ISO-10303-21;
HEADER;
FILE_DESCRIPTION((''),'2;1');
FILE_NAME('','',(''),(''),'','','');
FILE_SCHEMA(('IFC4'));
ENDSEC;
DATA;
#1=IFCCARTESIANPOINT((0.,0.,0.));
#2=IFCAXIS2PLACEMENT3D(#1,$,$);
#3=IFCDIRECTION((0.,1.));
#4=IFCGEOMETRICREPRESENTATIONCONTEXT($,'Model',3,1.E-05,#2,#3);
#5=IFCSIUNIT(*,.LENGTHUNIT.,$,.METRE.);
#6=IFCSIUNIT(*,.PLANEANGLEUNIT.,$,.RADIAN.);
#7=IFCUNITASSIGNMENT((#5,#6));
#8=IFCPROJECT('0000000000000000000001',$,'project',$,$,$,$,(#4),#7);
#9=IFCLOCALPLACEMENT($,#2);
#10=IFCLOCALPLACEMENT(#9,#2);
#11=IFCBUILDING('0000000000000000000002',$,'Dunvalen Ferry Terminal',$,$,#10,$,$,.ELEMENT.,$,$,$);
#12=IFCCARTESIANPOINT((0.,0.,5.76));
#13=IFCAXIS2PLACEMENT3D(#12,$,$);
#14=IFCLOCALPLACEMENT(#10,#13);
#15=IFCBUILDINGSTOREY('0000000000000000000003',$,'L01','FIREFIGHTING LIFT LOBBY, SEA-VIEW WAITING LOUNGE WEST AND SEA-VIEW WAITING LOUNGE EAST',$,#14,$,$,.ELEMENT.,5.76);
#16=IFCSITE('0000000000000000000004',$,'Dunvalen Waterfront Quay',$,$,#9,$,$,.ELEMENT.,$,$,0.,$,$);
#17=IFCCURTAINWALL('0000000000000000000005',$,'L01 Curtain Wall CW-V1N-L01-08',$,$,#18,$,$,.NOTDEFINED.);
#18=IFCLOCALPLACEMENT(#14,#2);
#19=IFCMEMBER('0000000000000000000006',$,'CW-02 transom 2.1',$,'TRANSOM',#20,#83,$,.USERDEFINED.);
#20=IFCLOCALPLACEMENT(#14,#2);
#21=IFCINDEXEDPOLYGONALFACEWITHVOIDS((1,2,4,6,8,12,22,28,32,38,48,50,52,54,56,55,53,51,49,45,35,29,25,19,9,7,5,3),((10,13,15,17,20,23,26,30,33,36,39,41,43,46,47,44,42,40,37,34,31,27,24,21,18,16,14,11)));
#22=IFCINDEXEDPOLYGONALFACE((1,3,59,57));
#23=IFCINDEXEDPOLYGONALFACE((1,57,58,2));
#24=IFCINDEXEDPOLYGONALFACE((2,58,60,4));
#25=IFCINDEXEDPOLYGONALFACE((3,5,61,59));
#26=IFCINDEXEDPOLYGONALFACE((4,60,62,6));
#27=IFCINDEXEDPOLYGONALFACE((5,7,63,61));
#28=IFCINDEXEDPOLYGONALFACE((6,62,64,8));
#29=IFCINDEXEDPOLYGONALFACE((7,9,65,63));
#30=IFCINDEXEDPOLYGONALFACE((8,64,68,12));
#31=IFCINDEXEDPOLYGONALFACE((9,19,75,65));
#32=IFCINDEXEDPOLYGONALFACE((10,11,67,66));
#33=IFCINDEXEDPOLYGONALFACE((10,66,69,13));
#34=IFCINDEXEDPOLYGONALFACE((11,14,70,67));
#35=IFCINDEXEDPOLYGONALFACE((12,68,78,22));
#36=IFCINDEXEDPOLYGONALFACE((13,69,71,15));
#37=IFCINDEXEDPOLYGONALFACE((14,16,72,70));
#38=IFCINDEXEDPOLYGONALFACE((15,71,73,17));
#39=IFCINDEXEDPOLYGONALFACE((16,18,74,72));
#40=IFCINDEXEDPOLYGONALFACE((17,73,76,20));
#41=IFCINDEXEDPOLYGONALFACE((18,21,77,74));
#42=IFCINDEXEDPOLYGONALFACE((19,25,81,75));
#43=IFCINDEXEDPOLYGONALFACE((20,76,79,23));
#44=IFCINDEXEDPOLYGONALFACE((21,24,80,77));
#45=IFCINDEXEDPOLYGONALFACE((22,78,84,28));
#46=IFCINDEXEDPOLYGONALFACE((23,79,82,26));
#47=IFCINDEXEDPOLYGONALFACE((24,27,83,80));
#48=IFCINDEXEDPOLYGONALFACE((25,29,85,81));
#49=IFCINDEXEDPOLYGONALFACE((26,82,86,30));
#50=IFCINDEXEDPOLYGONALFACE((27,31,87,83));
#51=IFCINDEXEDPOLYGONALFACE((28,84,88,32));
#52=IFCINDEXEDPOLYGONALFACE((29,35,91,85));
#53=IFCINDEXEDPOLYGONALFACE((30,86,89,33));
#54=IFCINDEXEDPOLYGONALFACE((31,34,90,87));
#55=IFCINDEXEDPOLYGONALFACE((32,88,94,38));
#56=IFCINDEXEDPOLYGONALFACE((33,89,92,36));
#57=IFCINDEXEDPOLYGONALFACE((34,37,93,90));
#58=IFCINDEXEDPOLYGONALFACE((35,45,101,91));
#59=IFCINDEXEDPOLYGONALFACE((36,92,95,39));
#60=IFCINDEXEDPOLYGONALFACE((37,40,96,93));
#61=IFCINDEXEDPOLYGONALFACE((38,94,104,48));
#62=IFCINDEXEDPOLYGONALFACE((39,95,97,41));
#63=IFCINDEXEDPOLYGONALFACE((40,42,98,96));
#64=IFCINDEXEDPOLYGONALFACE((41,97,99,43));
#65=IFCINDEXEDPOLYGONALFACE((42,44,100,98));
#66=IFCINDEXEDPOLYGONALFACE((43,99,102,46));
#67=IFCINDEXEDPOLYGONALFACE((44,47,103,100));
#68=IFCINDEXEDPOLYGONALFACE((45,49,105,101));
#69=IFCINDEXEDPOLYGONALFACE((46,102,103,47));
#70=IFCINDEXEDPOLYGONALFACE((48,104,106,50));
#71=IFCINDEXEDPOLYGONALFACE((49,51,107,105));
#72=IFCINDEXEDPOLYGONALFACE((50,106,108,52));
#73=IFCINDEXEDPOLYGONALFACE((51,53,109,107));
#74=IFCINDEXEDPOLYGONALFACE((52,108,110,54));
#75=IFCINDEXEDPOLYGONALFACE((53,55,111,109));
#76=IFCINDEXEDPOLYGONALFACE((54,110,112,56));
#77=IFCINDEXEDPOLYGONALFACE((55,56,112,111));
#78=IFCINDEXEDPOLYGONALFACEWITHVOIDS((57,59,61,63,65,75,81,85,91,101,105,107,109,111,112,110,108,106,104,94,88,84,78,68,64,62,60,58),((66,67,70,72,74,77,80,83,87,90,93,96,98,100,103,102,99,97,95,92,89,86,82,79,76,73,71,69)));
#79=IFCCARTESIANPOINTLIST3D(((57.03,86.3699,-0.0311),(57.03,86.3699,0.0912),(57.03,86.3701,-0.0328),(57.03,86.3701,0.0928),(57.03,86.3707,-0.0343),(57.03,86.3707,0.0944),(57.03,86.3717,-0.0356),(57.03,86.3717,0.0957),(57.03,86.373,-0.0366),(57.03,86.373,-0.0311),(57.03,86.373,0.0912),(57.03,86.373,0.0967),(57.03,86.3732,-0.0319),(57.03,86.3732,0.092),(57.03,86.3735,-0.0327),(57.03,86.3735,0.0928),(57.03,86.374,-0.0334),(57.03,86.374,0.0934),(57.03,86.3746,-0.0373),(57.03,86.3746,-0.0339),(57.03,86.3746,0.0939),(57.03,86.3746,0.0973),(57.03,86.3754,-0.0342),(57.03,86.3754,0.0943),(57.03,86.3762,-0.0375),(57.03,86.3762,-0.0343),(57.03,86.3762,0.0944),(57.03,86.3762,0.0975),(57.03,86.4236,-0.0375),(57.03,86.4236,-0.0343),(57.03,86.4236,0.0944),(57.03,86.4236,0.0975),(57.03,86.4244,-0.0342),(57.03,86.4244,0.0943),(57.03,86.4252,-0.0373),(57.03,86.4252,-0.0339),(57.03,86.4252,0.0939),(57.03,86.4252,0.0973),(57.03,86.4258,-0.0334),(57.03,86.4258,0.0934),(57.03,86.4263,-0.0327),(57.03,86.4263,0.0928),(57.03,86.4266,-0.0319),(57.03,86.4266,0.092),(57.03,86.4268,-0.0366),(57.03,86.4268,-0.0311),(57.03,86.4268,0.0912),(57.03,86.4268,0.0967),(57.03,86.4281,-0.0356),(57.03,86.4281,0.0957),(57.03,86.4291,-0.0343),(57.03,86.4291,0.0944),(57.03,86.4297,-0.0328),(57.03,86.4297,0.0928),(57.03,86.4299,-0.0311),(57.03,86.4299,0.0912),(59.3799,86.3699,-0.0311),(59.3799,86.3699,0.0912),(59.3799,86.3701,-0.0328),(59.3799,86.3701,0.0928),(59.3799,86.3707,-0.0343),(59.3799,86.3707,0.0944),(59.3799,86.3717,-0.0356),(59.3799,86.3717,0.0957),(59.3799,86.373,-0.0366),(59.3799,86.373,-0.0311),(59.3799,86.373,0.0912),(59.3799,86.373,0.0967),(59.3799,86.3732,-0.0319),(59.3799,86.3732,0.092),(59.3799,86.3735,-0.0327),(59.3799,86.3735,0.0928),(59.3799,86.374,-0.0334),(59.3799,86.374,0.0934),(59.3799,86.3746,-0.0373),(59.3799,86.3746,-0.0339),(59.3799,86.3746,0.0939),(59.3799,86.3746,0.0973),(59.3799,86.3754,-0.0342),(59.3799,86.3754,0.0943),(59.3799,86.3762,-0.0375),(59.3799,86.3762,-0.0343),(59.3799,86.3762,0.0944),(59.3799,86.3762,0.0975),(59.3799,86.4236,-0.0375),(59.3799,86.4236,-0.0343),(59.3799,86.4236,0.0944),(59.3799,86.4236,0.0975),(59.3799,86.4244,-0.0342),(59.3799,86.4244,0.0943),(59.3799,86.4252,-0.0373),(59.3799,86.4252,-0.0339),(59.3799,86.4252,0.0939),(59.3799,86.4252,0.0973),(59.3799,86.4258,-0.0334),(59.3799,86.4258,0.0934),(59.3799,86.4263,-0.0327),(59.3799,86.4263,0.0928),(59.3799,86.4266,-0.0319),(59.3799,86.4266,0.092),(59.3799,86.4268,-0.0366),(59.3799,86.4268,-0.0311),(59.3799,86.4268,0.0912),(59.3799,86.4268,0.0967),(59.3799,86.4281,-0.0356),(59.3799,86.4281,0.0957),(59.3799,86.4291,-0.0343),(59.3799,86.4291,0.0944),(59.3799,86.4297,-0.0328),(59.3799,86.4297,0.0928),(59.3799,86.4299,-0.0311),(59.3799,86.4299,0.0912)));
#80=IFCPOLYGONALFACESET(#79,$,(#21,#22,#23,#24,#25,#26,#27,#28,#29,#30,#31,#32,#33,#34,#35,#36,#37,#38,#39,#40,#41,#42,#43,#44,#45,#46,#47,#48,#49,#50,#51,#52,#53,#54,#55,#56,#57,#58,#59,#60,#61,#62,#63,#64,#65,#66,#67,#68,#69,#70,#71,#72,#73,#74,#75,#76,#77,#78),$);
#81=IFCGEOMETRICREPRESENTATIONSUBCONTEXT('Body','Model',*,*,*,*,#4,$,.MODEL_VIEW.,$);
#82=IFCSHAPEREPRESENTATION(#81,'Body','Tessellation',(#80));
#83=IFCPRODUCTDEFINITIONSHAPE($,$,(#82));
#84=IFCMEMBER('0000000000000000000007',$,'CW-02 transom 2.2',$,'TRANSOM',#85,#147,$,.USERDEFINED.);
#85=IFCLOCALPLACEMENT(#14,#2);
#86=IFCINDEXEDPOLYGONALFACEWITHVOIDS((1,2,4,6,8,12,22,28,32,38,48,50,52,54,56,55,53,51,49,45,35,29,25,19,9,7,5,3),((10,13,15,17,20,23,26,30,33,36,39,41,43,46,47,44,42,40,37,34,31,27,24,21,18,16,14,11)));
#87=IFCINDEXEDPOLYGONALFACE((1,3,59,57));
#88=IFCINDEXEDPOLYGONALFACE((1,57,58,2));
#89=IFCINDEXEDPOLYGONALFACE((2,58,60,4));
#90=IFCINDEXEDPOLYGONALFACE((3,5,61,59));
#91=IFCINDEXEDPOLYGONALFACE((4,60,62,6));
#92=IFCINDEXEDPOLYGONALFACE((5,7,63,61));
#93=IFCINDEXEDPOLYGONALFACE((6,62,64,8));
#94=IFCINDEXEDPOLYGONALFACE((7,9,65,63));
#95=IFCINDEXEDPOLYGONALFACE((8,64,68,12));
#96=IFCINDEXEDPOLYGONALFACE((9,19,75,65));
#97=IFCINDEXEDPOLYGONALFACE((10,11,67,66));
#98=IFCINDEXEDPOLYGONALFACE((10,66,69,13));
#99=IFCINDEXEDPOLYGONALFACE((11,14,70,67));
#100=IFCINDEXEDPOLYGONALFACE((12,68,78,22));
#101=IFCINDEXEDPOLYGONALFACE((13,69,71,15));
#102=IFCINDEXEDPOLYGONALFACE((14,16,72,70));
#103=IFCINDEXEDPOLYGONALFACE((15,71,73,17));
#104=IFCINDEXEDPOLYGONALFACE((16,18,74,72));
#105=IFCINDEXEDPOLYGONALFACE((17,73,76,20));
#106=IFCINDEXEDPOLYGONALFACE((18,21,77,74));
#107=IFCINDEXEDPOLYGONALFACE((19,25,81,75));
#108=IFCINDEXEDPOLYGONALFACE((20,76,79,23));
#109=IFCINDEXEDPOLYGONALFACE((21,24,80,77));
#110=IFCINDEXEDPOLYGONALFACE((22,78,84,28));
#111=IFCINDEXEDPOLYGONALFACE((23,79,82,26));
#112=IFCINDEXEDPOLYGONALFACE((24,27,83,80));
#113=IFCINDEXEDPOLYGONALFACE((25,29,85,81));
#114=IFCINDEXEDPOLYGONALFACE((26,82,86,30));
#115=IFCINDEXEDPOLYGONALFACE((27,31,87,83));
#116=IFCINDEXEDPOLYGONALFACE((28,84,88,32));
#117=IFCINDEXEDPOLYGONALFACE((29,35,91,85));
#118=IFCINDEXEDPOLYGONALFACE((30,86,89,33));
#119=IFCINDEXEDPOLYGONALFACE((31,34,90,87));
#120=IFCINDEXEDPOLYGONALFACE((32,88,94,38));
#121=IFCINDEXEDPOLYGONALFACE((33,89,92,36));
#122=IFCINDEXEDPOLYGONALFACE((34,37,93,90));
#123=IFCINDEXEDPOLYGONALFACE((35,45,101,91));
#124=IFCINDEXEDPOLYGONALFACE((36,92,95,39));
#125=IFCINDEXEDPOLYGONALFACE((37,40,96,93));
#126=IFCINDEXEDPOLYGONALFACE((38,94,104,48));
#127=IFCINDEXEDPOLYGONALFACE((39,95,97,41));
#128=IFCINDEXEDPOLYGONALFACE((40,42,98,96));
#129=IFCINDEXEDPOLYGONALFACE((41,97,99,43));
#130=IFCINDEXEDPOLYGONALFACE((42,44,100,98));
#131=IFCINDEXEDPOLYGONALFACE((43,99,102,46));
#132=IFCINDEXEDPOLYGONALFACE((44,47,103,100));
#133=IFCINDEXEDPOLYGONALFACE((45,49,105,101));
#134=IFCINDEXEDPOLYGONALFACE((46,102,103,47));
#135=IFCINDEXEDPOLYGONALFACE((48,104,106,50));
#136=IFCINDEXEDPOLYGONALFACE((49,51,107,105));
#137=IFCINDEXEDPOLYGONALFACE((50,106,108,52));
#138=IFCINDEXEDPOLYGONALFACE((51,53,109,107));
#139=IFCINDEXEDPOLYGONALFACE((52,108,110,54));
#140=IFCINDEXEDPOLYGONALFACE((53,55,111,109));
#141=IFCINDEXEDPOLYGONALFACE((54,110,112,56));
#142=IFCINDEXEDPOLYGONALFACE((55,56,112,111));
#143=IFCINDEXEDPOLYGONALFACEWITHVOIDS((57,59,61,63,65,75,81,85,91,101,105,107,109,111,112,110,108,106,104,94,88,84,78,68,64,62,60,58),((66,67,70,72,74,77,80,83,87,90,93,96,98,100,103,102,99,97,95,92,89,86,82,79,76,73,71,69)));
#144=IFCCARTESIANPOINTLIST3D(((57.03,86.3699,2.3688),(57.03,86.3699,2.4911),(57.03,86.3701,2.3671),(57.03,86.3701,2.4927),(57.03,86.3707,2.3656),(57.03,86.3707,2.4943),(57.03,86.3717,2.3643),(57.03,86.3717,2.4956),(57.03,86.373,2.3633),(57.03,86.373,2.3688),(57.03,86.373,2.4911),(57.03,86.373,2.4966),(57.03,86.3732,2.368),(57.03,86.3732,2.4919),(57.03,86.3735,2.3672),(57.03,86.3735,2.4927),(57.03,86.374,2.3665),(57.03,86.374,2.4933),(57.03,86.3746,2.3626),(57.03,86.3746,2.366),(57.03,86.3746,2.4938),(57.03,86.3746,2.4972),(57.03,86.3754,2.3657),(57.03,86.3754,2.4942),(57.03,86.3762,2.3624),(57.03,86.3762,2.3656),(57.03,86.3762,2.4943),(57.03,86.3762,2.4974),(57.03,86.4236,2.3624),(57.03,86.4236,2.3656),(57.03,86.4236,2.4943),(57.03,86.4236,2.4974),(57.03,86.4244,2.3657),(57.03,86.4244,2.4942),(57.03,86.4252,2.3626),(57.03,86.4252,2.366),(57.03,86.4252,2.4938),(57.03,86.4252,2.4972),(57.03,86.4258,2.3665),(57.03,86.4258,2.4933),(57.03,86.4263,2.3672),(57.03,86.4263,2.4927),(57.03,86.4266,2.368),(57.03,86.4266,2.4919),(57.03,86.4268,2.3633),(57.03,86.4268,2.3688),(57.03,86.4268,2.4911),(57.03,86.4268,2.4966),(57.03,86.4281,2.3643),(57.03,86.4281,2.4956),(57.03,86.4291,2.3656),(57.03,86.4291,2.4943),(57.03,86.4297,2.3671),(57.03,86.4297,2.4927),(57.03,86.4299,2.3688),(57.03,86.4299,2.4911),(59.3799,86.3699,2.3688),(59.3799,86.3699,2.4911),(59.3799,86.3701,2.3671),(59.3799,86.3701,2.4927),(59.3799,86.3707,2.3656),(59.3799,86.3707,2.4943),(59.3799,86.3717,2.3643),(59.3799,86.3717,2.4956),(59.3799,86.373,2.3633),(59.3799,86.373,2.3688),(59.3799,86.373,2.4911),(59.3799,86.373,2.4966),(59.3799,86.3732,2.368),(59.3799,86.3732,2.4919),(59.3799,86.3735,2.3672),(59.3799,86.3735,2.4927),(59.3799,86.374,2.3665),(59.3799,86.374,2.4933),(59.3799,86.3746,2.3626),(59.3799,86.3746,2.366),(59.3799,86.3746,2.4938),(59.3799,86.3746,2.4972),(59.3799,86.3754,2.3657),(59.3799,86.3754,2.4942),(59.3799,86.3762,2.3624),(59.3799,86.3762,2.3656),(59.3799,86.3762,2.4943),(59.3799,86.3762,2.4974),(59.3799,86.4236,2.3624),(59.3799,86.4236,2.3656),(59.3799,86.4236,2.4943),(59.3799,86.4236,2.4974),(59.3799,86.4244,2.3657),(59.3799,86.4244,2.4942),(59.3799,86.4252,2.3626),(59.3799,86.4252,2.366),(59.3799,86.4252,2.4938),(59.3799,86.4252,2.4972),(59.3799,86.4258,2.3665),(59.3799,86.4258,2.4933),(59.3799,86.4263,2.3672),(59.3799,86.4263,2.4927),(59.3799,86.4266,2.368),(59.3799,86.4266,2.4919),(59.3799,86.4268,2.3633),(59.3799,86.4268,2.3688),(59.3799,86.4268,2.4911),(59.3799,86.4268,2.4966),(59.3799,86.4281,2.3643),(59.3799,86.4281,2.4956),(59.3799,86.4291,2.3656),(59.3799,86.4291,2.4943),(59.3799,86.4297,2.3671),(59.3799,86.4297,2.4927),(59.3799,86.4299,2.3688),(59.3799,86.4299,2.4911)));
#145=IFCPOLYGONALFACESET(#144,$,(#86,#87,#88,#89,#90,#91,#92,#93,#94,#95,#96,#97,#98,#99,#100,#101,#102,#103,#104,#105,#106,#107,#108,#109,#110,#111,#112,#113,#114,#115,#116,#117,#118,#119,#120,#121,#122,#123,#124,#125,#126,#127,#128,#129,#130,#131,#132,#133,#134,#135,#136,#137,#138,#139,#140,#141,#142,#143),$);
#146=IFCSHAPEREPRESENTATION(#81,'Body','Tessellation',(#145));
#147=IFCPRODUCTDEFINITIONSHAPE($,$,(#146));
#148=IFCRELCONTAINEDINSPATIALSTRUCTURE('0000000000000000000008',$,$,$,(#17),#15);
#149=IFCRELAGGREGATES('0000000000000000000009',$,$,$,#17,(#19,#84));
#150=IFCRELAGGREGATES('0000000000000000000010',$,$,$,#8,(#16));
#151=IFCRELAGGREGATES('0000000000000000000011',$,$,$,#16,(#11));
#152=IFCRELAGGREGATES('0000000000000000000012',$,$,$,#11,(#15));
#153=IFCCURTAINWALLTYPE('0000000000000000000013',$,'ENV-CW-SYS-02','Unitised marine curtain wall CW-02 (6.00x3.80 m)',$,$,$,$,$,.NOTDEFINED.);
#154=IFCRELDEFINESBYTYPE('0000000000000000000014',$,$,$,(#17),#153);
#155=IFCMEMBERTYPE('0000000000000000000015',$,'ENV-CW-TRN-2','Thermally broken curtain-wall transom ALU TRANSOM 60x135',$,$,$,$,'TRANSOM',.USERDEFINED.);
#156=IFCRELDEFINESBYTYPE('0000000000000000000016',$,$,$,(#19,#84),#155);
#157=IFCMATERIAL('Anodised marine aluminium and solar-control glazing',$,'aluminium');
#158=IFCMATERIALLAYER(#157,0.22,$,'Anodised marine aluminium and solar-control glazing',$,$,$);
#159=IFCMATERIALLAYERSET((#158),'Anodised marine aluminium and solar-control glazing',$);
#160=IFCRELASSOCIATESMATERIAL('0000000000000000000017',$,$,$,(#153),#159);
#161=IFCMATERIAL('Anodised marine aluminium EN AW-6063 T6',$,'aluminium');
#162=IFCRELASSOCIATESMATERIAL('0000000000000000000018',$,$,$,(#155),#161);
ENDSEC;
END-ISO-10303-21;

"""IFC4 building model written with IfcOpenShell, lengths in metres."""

from ifc_helpers import new_model, si_unit, direction, frame, origin, origin_2d, place, context, subcontext, project, spatial, hollow_rectangle, extrude, material, layer, layer_set, material_profile, profile_set, type_object, element, aggregate, save


model = new_model("IFC4")

# Units and contexts
model_context = context("Model", 3, precision=1e-05, world=origin(), true_north=direction((0.0, 1.0)))
body_context = subcontext(model_context, "Body", "Model", "MODEL_VIEW")
ifc_project = project(units=[si_unit("LENGTHUNIT", "METRE"), si_unit("PLANEANGLEUNIT", "RADIAN")], contexts=[model_context])

# Site, building, storey
site_placement = place(None, origin())
site = spatial("IfcSite", under=ifc_project, at=site_placement, Name="Dunvalen Waterfront Quay", CompositionType="ELEMENT", RefElevation=0.0)
building_placement = place(site_placement, origin())
building = spatial("IfcBuilding", under=site, at=building_placement, Name="Dunvalen Ferry Terminal", CompositionType="ELEMENT")
storey_placement = place(building_placement, frame((0.0, 0.0, 5.76)))
storey = spatial("IfcBuildingStorey", under=building, at=storey_placement, Name="L01", Description="FIREFIGHTING LIFT LOBBY, SEA-VIEW WAITING LOUNGE WEST AND SEA-VIEW WAITING LOUNGE EAST", CompositionType="ELEMENT", Elevation=5.76)

# Shared definitions
ifc_material_1 = material(Name="Anodised marine aluminium and solar-control glazing", Category="aluminium")
ifc_layer_1 = layer(ifc_material_1, 0.22, Name="Anodised marine aluminium and solar-control glazing")
ifc_layer_set_1 = layer_set([ifc_layer_1], Name="Anodised marine aluminium and solar-control glazing")
curtain_wall_type = type_object("IfcCurtainWallType", Name="ENV-CW-SYS-02", Description="Unitised marine curtain wall CW-02 (6.00x3.80 m)", PredefinedType="NOTDEFINED", material=ifc_layer_set_1)
ifc_material_2 = material(Name="Anodised marine aluminium EN AW-6063 T6", Category="aluminium")

# Curtain wall
curtain_wall_1_placement = place(storey_placement, origin())
curtain_wall_1 = element("IfcCurtainWall", 1, at=curtain_wall_1_placement, inside=storey, type_object=curtain_wall_type, Name="L01 Curtain Wall CW-V1N-L01-08", PredefinedType="NOTDEFINED")

# Members
ifc_material_profile_1 = material_profile(ifc_material_2, hollow_rectangle(XDim=0.0601, YDim=0.135, WallThickness=0.0032, InnerFilletRadius=0.0032, OuterFilletRadius=0.0063, at=origin_2d()), Name="Anodised marine aluminium EN AW-6063 T6")
ifc_profile_set_1 = profile_set([ifc_material_profile_1], Name="Anodised marine aluminium EN AW-6063 T6")
member_type_1 = type_object("IfcMemberType", Name="ENV-CW-TRN-2", Description="Thermally broken curtain-wall transom ALU TRANSOM 60x135", ElementType="TRANSOM", PredefinedType="USERDEFINED", material=ifc_profile_set_1)
member_1_placement = place(storey_placement, frame((57.03, 86.3999, 0.03), z_axis=(1.0, 0.0, 0.0), x_axis=(0.0, 1.0, 0.0)))
member_1 = element("IfcMember", 2, at=member_1_placement, type_object=member_type_1, Name="CW-02 transom 2.1", ObjectType="TRANSOM", PredefinedType="USERDEFINED", context=body_context, shape_type="SweptSolid", body=[
    extrude(hollow_rectangle(XDim=0.0601, YDim=0.135, WallThickness=0.0032, InnerFilletRadius=0.0032, OuterFilletRadius=0.0063, at=origin_2d()), origin(), (0.0, 0.0, 1.0), 2.3499),
])
member_2_placement = place(storey_placement, frame((57.03, 86.3999, 2.4299), z_axis=(1.0, 0.0, 0.0), x_axis=(0.0, 1.0, 0.0)))
member_2 = element("IfcMember", 3, at=member_2_placement, type_object=member_type_1, Name="CW-02 transom 2.2", ObjectType="TRANSOM", PredefinedType="USERDEFINED", context=body_context, shape_type="SweptSolid", body=[
    extrude(hollow_rectangle(XDim=0.0601, YDim=0.135, WallThickness=0.0032, InnerFilletRadius=0.0032, OuterFilletRadius=0.0063, at=origin_2d()), origin(), (0.0, 0.0, 1.0), 2.3499),
])

aggregate(curtain_wall_1, [member_1, member_2])

save(model, "model.ifc")
